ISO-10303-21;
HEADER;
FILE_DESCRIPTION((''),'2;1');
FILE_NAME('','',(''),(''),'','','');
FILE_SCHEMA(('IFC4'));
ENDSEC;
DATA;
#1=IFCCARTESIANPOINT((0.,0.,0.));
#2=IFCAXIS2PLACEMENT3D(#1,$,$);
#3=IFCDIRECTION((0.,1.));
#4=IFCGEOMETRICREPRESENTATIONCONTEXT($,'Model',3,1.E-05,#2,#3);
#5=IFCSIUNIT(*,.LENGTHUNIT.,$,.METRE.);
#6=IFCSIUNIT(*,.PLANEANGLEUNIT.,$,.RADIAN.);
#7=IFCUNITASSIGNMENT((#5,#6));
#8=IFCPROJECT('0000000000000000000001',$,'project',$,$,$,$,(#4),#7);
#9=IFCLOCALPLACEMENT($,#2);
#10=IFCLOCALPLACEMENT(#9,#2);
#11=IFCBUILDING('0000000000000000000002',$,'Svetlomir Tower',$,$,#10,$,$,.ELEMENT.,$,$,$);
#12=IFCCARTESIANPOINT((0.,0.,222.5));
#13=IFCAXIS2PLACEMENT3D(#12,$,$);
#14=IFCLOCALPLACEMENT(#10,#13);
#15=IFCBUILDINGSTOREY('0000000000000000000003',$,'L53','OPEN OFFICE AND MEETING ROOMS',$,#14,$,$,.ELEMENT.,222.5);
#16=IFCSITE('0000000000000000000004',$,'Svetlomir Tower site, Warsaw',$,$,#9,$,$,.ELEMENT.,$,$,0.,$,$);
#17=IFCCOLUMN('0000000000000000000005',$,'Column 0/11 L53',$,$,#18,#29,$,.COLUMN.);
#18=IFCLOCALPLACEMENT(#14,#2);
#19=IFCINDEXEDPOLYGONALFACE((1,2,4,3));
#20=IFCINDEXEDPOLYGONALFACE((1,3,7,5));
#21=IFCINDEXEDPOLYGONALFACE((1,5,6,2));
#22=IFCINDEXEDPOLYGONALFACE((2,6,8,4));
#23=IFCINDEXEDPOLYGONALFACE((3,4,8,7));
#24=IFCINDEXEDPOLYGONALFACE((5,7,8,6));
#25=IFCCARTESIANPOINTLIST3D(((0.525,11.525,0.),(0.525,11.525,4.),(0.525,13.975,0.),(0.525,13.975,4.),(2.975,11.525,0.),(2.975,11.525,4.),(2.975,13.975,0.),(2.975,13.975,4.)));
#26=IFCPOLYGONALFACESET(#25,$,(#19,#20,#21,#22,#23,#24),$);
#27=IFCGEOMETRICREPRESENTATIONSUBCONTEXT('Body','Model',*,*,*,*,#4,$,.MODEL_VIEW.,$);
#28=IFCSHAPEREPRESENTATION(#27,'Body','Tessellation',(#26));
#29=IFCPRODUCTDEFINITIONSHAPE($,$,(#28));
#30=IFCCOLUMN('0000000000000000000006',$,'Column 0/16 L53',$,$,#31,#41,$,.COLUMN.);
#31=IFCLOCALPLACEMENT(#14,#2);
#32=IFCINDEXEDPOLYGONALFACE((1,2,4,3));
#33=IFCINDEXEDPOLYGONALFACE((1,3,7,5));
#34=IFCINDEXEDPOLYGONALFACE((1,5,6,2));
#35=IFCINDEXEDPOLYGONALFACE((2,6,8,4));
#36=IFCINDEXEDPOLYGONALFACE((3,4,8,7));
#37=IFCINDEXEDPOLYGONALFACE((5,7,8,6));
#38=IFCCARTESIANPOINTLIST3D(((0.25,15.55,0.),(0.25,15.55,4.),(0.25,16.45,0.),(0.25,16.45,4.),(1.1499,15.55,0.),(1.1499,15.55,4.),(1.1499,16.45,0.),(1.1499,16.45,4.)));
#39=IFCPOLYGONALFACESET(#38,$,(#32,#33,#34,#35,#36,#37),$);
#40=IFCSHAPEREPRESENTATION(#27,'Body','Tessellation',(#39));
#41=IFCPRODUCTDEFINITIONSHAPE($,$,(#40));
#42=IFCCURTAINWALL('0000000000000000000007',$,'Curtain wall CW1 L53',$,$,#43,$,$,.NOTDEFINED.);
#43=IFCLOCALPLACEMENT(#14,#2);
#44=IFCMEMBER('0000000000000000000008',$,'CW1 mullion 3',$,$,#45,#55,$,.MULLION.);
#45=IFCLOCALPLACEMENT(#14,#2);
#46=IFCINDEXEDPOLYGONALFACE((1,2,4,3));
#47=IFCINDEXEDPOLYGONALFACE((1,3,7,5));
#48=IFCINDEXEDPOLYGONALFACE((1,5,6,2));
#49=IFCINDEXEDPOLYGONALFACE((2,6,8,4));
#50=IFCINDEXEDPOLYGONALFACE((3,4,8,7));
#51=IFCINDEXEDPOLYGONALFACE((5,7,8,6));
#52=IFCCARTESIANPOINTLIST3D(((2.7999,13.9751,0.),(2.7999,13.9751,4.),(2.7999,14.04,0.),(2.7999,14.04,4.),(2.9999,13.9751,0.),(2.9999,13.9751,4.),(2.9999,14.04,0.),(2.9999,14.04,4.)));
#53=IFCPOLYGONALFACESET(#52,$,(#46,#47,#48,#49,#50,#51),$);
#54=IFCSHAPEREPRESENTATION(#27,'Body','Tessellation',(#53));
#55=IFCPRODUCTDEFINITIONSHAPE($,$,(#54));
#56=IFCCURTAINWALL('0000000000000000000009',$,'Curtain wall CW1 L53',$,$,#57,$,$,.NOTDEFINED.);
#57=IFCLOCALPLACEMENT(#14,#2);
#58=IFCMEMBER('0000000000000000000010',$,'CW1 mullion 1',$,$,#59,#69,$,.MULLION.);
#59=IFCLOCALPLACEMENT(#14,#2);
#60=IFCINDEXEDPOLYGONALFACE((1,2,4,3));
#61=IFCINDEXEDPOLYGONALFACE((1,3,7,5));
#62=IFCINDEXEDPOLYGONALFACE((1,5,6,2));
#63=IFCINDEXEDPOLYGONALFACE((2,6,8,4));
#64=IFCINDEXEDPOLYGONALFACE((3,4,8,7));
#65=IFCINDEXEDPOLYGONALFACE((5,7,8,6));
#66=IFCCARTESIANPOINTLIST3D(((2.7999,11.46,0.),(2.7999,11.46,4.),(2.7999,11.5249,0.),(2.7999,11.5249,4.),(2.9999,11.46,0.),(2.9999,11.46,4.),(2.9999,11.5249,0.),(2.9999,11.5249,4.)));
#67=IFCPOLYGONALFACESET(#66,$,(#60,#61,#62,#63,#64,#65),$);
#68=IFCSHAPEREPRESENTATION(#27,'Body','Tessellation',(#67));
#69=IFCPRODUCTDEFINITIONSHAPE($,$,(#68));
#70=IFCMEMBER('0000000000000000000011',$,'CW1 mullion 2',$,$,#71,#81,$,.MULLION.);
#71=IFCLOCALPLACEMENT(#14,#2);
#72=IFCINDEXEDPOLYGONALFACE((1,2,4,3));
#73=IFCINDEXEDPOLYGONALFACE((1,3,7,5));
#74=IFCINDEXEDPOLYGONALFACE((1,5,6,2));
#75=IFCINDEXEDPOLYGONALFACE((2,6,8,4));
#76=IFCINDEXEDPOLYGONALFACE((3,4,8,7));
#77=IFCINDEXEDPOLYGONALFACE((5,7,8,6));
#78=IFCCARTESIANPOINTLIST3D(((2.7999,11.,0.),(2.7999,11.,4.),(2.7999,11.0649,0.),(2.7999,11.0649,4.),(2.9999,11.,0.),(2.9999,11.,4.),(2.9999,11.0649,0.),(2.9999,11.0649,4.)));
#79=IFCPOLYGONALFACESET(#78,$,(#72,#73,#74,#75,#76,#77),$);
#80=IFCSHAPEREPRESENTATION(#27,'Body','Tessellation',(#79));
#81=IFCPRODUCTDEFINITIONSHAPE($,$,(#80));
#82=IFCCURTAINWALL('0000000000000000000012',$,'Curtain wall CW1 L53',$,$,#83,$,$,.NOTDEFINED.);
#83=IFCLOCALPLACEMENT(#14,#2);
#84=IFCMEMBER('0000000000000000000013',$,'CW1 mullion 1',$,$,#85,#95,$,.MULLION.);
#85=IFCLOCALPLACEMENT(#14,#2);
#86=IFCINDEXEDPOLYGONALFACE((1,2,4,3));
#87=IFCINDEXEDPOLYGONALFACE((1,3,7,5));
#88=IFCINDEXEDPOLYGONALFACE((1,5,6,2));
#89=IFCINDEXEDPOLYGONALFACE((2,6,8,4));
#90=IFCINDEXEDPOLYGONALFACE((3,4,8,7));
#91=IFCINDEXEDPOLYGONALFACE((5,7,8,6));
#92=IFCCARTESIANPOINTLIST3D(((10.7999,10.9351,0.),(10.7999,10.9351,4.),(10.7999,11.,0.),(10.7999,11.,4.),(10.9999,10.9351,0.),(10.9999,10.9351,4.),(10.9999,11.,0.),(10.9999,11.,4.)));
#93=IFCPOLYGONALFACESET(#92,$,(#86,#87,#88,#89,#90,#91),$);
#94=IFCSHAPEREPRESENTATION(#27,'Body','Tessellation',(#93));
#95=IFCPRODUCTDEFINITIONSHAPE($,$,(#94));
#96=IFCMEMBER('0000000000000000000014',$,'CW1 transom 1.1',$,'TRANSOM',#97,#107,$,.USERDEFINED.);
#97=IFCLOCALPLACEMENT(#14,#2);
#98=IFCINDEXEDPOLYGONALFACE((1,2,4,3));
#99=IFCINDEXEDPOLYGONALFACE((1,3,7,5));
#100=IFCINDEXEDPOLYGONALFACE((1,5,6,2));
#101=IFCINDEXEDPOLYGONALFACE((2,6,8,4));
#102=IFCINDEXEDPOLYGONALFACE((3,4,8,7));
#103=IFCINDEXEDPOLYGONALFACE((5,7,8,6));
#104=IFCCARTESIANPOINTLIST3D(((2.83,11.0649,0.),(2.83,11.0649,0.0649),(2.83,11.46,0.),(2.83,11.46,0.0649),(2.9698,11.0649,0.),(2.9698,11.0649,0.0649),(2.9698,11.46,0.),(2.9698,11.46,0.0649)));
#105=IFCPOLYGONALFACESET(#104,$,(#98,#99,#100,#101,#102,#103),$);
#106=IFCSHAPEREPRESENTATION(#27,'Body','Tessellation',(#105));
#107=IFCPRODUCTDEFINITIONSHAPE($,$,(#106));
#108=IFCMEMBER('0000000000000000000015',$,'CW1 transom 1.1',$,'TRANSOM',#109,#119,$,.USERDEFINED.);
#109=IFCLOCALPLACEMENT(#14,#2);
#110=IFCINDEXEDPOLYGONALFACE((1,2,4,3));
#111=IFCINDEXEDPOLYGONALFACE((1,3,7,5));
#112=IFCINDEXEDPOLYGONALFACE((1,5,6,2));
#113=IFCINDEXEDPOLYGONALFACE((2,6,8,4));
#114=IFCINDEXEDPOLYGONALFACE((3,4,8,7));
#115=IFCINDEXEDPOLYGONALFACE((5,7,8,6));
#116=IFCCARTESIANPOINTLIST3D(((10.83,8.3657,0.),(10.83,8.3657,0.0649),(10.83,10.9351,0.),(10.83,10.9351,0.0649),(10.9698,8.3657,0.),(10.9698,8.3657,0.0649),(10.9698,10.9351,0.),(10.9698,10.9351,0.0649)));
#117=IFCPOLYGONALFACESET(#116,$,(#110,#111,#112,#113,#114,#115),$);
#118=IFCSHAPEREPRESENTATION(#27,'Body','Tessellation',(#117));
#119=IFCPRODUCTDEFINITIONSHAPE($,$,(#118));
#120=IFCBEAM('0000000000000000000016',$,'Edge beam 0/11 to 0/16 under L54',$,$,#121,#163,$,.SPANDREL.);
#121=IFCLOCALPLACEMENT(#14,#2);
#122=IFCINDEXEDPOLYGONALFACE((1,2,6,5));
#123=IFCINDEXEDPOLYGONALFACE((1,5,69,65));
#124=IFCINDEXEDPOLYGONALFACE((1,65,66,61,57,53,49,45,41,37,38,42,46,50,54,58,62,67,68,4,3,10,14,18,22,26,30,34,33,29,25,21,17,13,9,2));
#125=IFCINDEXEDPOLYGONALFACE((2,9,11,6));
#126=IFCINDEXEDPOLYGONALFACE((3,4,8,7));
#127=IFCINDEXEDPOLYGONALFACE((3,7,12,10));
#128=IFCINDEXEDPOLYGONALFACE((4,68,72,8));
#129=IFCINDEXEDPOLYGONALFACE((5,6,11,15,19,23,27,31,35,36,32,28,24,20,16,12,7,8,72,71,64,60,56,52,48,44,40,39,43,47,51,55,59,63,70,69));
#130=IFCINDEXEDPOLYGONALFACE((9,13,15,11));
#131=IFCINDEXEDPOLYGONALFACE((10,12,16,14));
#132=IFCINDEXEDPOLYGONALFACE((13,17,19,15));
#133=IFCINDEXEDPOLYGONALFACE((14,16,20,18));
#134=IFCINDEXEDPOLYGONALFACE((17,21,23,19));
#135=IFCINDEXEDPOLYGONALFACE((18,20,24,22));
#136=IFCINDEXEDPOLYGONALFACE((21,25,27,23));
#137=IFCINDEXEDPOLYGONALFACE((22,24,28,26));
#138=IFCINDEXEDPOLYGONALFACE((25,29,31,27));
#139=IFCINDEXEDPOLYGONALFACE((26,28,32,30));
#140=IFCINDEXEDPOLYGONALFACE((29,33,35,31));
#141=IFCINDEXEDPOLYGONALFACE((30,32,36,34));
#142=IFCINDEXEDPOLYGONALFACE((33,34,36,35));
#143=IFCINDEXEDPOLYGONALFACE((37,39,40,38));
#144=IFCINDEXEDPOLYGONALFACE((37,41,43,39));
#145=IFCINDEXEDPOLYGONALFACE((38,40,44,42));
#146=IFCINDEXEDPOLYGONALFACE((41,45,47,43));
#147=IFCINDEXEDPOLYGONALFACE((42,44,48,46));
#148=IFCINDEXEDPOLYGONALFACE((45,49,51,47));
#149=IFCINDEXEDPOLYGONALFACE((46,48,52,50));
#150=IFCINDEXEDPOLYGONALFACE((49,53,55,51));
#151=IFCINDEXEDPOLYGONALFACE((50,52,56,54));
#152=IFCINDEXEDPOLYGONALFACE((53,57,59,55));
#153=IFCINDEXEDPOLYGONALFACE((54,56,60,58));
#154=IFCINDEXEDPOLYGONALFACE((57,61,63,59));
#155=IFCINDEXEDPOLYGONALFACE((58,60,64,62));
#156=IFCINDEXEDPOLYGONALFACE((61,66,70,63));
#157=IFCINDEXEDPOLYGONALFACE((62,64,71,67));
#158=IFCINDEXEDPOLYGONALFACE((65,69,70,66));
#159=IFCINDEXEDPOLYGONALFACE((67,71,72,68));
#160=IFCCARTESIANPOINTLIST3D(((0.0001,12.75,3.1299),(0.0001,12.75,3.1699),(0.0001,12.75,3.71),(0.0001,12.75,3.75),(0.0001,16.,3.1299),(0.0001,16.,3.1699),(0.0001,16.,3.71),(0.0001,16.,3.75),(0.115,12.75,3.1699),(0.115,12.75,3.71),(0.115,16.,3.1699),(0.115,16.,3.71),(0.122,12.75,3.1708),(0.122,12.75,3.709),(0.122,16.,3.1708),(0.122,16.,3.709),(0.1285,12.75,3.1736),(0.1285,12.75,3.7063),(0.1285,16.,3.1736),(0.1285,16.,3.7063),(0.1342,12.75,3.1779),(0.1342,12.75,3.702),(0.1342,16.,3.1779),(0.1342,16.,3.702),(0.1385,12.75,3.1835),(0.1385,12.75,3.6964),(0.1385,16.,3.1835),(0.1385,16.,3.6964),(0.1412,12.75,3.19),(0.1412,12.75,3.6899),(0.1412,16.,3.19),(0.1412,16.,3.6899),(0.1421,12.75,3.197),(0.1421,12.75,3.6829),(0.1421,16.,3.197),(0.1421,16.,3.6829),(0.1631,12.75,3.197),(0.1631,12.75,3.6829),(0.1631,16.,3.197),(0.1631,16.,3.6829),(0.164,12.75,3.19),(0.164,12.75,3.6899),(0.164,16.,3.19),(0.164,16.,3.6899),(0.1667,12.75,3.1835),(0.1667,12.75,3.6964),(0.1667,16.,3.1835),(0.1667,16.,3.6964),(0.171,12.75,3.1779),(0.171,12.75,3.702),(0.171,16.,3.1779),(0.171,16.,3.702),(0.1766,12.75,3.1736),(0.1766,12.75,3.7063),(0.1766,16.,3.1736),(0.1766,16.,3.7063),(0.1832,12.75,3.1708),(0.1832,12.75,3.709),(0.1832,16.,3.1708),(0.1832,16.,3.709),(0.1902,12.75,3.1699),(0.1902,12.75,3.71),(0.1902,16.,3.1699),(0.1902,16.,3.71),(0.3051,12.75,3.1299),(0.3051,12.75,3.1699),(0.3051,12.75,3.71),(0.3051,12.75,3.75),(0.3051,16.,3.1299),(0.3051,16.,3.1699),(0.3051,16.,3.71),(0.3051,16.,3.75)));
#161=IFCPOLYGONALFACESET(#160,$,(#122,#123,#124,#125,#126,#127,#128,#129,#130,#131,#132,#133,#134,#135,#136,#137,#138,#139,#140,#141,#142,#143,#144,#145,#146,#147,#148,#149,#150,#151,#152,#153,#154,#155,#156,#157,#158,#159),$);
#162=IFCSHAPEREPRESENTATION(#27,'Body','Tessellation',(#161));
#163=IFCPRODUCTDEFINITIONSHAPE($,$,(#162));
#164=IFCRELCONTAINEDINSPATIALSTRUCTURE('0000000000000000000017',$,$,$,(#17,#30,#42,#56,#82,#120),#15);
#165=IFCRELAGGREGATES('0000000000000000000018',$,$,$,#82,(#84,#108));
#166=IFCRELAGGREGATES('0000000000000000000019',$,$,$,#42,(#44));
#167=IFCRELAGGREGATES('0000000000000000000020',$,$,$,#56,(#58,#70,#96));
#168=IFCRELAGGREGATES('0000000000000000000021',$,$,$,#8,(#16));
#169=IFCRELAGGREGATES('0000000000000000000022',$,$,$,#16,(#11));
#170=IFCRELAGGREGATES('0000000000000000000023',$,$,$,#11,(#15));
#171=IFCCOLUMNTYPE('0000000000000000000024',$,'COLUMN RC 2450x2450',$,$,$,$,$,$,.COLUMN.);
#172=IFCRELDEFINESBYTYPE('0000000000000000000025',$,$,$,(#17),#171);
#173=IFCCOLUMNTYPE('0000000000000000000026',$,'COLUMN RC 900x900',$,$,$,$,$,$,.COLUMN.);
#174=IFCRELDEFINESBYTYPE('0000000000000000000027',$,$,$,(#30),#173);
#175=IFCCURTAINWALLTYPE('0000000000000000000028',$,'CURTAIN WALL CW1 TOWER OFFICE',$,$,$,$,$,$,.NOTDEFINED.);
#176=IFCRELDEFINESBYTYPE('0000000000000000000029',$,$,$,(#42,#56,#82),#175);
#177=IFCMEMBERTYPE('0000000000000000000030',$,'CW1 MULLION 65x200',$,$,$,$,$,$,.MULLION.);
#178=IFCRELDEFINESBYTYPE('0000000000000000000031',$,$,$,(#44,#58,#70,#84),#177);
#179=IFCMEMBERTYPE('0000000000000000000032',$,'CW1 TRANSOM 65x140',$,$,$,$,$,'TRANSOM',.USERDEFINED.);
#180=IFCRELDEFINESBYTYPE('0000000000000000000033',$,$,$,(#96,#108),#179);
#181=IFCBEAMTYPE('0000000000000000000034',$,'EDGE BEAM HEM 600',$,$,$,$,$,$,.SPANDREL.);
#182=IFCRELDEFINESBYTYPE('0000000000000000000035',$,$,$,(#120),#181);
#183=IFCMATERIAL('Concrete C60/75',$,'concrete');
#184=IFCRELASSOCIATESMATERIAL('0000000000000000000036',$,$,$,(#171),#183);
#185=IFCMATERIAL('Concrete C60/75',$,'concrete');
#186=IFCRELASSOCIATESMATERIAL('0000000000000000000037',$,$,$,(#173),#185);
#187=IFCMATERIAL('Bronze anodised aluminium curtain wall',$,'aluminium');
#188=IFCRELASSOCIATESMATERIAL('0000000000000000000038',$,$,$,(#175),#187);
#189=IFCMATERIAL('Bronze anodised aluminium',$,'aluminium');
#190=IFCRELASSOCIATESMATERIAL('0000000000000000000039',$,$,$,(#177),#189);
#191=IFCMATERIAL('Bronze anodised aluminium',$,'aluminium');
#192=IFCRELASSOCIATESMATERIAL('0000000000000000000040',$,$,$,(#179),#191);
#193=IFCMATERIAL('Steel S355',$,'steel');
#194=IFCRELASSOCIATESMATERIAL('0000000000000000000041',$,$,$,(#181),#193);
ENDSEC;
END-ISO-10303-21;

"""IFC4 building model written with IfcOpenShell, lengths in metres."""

from ifc_helpers import new_model, si_unit, direction, frame, origin, origin_2d, place, context, subcontext, project, spatial, rectangle, i_section, extrude, material, material_profile, profile_set, type_object, element, aggregate, save


model = new_model("IFC4")

# Units and contexts
model_context = context("Model", 3, precision=1e-05, world=origin(), true_north=direction((0.0, 1.0)))
body_context = subcontext(model_context, "Body", "Model", "MODEL_VIEW")
ifc_project = project(units=[si_unit("LENGTHUNIT", "METRE"), si_unit("PLANEANGLEUNIT", "RADIAN")], contexts=[model_context])

# Site, building, storey
site_placement = place(None, origin())
site = spatial("IfcSite", under=ifc_project, at=site_placement, Name="Svetlomir Tower site, Warsaw", CompositionType="ELEMENT", RefElevation=0.0)
building_placement = place(site_placement, origin())
building = spatial("IfcBuilding", under=site, at=building_placement, Name="Svetlomir Tower", CompositionType="ELEMENT")
storey_placement = place(building_placement, frame((0.0, 0.0, 222.5)))
storey = spatial("IfcBuildingStorey", under=building, at=storey_placement, Name="L53", Description="OPEN OFFICE AND MEETING ROOMS", CompositionType="ELEMENT", Elevation=222.5)

# Columns
ifc_material_1 = material(Name="Concrete C60/75", Category="concrete")
ifc_material_profile_1 = material_profile(ifc_material_1, rectangle(XDim=2.45, YDim=2.45, at=origin_2d()), Name="RC 2450x2450")
ifc_profile_set_1 = profile_set([ifc_material_profile_1], Name="Concrete C60/75")
column_type_1 = type_object("IfcColumnType", Name="COLUMN RC 2450x2450", PredefinedType="COLUMN", material=ifc_profile_set_1)
column_1_placement = place(storey_placement, frame((1.75, 12.75, 0.0), z_axis=(0.0, 0.0, 1.0), x_axis=(1.0, 0.0, 0.0)))
element("IfcColumn", 1, at=column_1_placement, inside=storey, type_object=column_type_1, Name="Column 0/11 L53", PredefinedType="COLUMN", context=body_context, shape_type="SweptSolid", body=[
    extrude(rectangle(XDim=2.45, YDim=2.45, at=origin_2d()), origin(), (0.0, 0.0, 1.0), 4.0),
])
ifc_material_2 = material(Name="Concrete C60/75", Category="concrete")
ifc_material_profile_2 = material_profile(ifc_material_2, rectangle(XDim=0.8999, YDim=0.8999, at=origin_2d()), Name="RC 900x900")
ifc_profile_set_2 = profile_set([ifc_material_profile_2], Name="Concrete C60/75")
column_type_2 = type_object("IfcColumnType", Name="COLUMN RC 900x900", PredefinedType="COLUMN", material=ifc_profile_set_2)
column_2_placement = place(storey_placement, frame((0.7, 16.0, 0.0), z_axis=(0.0, 0.0, 1.0), x_axis=(1.0, 0.0, 0.0)))
element("IfcColumn", 2, at=column_2_placement, inside=storey, type_object=column_type_2, Name="Column 0/16 L53", PredefinedType="COLUMN", context=body_context, shape_type="SweptSolid", body=[
    extrude(rectangle(XDim=0.8999, YDim=0.8999, at=origin_2d()), origin(), (0.0, 0.0, 1.0), 4.0),
])

# Curtain wall, member
ifc_material_3 = material(Name="Bronze anodised aluminium curtain wall", Category="aluminium")
curtain_wall_type = type_object("IfcCurtainWallType", Name="CURTAIN WALL CW1 TOWER OFFICE", PredefinedType="NOTDEFINED", material=ifc_material_3)
curtain_wall_1_placement = place(storey_placement, origin())
curtain_wall_1 = element("IfcCurtainWall", 3, at=curtain_wall_1_placement, inside=storey, type_object=curtain_wall_type, Name="Curtain wall CW1 L53", PredefinedType="NOTDEFINED")
ifc_material_4 = material(Name="Bronze anodised aluminium", Category="aluminium")
ifc_material_profile_3 = material_profile(ifc_material_4, rectangle(XDim=0.0649, YDim=0.2, at=origin_2d()), Name="AL 65x200")
ifc_profile_set_3 = profile_set([ifc_material_profile_3], Name="Bronze anodised aluminium 6063-T6")
member_type_1 = type_object("IfcMemberType", Name="CW1 MULLION 65x200", PredefinedType="MULLION", material=ifc_profile_set_3)
member_1_placement = place(storey_placement, frame((2.8999, 14.0076, 0.0), z_axis=(0.0, 0.0, 1.0), x_axis=(0.0, -1.0, 0.0)))
member_1 = element("IfcMember", 4, at=member_1_placement, type_object=member_type_1, Name="CW1 mullion 3", PredefinedType="MULLION", context=body_context, shape_type="SweptSolid", body=[
    extrude(rectangle(XDim=0.0649, YDim=0.2, at=origin_2d()), origin(), (0.0, 0.0, 1.0), 4.0),
])

# Curtain wall, members
curtain_wall_2_placement = place(storey_placement, origin())
curtain_wall_2 = element("IfcCurtainWall", 5, at=curtain_wall_2_placement, inside=storey, type_object=curtain_wall_type, Name="Curtain wall CW1 L53", PredefinedType="NOTDEFINED")
member_2_placement = place(storey_placement, frame((2.8999, 11.4924, 0.0), z_axis=(0.0, 0.0, 1.0), x_axis=(0.0, -1.0, 0.0)))
member_2 = element("IfcMember", 6, at=member_2_placement, type_object=member_type_1, Name="CW1 mullion 1", PredefinedType="MULLION", context=body_context, shape_type="SweptSolid", body=[
    extrude(rectangle(XDim=0.0649, YDim=0.2, at=origin_2d()), origin(), (0.0, 0.0, 1.0), 4.0),
])
member_3_placement = place(storey_placement, frame((2.8999, 11.0325, 0.0), z_axis=(0.0, 0.0, 1.0), x_axis=(0.0, -1.0, 0.0)))
member_3 = element("IfcMember", 7, at=member_3_placement, type_object=member_type_1, Name="CW1 mullion 2", PredefinedType="MULLION", context=body_context, shape_type="SweptSolid", body=[
    extrude(rectangle(XDim=0.0649, YDim=0.2, at=origin_2d()), origin(), (0.0, 0.0, 1.0), 4.0),
])

# Curtain wall, member
curtain_wall_3_placement = place(storey_placement, origin())
curtain_wall_3 = element("IfcCurtainWall", 8, at=curtain_wall_3_placement, inside=storey, type_object=curtain_wall_type, Name="Curtain wall CW1 L53", PredefinedType="NOTDEFINED")
member_4_placement = place(storey_placement, frame((10.8999, 10.9675, 0.0), z_axis=(0.0, 0.0, 1.0), x_axis=(0.0, -1.0, 0.0)))
member_4 = element("IfcMember", 9, at=member_4_placement, type_object=member_type_1, Name="CW1 mullion 1", PredefinedType="MULLION", context=body_context, shape_type="SweptSolid", body=[
    extrude(rectangle(XDim=0.0649, YDim=0.2, at=origin_2d()), origin(), (0.0, 0.0, 1.0), 4.0),
])

# Members
ifc_material_5 = material(Name="Bronze anodised aluminium", Category="aluminium")
ifc_material_profile_4 = material_profile(ifc_material_5, rectangle(XDim=0.1399, YDim=0.0649, at=origin_2d()), Name="AL 140x65")
ifc_profile_set_4 = profile_set([ifc_material_profile_4], Name="Bronze anodised aluminium 6063-T6")
member_type_2 = type_object("IfcMemberType", Name="CW1 TRANSOM 65x140", ElementType="TRANSOM", PredefinedType="USERDEFINED", material=ifc_profile_set_4)
member_5_placement = place(storey_placement, frame((2.8999, 11.46, 0.0325), z_axis=(0.0, -1.0, 0.0), x_axis=(1.0, 0.0, 0.0)))
member_5 = element("IfcMember", 10, at=member_5_placement, type_object=member_type_2, Name="CW1 transom 1.1", ObjectType="TRANSOM", PredefinedType="USERDEFINED", context=body_context, shape_type="SweptSolid", body=[
    extrude(rectangle(XDim=0.1399, YDim=0.0649, at=origin_2d()), origin(), (0.0, 0.0, 1.0), 0.395),
])
member_6_placement = place(storey_placement, frame((10.8999, 10.9351, 0.0325), z_axis=(0.0, -1.0, 0.0), x_axis=(1.0, 0.0, 0.0)))
member_6 = element("IfcMember", 11, at=member_6_placement, type_object=member_type_2, Name="CW1 transom 1.1", ObjectType="TRANSOM", PredefinedType="USERDEFINED", context=body_context, shape_type="SweptSolid", body=[
    extrude(rectangle(XDim=0.1399, YDim=0.0649, at=origin_2d()), origin(), (0.0, 0.0, 1.0), 2.5693),
])
aggregate(curtain_wall_3, [member_4, member_6])

# Beam
ifc_material_6 = material(Name="Steel S355", Category="steel")
ifc_material_profile_5 = material_profile(ifc_material_6, i_section(OverallWidth=0.3049, OverallDepth=0.6201, WebThickness=0.021, FlangeThickness=0.04, FilletRadius=0.0271, at=origin_2d()), Name="HEM 600")
ifc_profile_set_5 = profile_set([ifc_material_profile_5], Name="Steel S355")
beam_type_1 = type_object("IfcBeamType", Name="EDGE BEAM HEM 600", PredefinedType="SPANDREL", material=ifc_profile_set_5)
beam_1_placement = place(storey_placement, frame((0.1526, 12.75, 3.4399), z_axis=(0.0, 1.0, 0.0), x_axis=(-1.0, 0.0, 0.0)))
element("IfcBeam", 12, at=beam_1_placement, inside=storey, type_object=beam_type_1, Name="Edge beam 0/11 to 0/16 under L54", PredefinedType="SPANDREL", context=body_context, shape_type="SweptSolid", body=[
    extrude(i_section(OverallWidth=0.3049, OverallDepth=0.6201, WebThickness=0.021, FlangeThickness=0.04, FilletRadius=0.0271, at=origin_2d()), origin(), (0.0, 0.0, 1.0), 3.25),
])

aggregate(curtain_wall_1, [member_1])
aggregate(curtain_wall_2, [member_2, member_3, member_5])

save(model, "model.ifc")
